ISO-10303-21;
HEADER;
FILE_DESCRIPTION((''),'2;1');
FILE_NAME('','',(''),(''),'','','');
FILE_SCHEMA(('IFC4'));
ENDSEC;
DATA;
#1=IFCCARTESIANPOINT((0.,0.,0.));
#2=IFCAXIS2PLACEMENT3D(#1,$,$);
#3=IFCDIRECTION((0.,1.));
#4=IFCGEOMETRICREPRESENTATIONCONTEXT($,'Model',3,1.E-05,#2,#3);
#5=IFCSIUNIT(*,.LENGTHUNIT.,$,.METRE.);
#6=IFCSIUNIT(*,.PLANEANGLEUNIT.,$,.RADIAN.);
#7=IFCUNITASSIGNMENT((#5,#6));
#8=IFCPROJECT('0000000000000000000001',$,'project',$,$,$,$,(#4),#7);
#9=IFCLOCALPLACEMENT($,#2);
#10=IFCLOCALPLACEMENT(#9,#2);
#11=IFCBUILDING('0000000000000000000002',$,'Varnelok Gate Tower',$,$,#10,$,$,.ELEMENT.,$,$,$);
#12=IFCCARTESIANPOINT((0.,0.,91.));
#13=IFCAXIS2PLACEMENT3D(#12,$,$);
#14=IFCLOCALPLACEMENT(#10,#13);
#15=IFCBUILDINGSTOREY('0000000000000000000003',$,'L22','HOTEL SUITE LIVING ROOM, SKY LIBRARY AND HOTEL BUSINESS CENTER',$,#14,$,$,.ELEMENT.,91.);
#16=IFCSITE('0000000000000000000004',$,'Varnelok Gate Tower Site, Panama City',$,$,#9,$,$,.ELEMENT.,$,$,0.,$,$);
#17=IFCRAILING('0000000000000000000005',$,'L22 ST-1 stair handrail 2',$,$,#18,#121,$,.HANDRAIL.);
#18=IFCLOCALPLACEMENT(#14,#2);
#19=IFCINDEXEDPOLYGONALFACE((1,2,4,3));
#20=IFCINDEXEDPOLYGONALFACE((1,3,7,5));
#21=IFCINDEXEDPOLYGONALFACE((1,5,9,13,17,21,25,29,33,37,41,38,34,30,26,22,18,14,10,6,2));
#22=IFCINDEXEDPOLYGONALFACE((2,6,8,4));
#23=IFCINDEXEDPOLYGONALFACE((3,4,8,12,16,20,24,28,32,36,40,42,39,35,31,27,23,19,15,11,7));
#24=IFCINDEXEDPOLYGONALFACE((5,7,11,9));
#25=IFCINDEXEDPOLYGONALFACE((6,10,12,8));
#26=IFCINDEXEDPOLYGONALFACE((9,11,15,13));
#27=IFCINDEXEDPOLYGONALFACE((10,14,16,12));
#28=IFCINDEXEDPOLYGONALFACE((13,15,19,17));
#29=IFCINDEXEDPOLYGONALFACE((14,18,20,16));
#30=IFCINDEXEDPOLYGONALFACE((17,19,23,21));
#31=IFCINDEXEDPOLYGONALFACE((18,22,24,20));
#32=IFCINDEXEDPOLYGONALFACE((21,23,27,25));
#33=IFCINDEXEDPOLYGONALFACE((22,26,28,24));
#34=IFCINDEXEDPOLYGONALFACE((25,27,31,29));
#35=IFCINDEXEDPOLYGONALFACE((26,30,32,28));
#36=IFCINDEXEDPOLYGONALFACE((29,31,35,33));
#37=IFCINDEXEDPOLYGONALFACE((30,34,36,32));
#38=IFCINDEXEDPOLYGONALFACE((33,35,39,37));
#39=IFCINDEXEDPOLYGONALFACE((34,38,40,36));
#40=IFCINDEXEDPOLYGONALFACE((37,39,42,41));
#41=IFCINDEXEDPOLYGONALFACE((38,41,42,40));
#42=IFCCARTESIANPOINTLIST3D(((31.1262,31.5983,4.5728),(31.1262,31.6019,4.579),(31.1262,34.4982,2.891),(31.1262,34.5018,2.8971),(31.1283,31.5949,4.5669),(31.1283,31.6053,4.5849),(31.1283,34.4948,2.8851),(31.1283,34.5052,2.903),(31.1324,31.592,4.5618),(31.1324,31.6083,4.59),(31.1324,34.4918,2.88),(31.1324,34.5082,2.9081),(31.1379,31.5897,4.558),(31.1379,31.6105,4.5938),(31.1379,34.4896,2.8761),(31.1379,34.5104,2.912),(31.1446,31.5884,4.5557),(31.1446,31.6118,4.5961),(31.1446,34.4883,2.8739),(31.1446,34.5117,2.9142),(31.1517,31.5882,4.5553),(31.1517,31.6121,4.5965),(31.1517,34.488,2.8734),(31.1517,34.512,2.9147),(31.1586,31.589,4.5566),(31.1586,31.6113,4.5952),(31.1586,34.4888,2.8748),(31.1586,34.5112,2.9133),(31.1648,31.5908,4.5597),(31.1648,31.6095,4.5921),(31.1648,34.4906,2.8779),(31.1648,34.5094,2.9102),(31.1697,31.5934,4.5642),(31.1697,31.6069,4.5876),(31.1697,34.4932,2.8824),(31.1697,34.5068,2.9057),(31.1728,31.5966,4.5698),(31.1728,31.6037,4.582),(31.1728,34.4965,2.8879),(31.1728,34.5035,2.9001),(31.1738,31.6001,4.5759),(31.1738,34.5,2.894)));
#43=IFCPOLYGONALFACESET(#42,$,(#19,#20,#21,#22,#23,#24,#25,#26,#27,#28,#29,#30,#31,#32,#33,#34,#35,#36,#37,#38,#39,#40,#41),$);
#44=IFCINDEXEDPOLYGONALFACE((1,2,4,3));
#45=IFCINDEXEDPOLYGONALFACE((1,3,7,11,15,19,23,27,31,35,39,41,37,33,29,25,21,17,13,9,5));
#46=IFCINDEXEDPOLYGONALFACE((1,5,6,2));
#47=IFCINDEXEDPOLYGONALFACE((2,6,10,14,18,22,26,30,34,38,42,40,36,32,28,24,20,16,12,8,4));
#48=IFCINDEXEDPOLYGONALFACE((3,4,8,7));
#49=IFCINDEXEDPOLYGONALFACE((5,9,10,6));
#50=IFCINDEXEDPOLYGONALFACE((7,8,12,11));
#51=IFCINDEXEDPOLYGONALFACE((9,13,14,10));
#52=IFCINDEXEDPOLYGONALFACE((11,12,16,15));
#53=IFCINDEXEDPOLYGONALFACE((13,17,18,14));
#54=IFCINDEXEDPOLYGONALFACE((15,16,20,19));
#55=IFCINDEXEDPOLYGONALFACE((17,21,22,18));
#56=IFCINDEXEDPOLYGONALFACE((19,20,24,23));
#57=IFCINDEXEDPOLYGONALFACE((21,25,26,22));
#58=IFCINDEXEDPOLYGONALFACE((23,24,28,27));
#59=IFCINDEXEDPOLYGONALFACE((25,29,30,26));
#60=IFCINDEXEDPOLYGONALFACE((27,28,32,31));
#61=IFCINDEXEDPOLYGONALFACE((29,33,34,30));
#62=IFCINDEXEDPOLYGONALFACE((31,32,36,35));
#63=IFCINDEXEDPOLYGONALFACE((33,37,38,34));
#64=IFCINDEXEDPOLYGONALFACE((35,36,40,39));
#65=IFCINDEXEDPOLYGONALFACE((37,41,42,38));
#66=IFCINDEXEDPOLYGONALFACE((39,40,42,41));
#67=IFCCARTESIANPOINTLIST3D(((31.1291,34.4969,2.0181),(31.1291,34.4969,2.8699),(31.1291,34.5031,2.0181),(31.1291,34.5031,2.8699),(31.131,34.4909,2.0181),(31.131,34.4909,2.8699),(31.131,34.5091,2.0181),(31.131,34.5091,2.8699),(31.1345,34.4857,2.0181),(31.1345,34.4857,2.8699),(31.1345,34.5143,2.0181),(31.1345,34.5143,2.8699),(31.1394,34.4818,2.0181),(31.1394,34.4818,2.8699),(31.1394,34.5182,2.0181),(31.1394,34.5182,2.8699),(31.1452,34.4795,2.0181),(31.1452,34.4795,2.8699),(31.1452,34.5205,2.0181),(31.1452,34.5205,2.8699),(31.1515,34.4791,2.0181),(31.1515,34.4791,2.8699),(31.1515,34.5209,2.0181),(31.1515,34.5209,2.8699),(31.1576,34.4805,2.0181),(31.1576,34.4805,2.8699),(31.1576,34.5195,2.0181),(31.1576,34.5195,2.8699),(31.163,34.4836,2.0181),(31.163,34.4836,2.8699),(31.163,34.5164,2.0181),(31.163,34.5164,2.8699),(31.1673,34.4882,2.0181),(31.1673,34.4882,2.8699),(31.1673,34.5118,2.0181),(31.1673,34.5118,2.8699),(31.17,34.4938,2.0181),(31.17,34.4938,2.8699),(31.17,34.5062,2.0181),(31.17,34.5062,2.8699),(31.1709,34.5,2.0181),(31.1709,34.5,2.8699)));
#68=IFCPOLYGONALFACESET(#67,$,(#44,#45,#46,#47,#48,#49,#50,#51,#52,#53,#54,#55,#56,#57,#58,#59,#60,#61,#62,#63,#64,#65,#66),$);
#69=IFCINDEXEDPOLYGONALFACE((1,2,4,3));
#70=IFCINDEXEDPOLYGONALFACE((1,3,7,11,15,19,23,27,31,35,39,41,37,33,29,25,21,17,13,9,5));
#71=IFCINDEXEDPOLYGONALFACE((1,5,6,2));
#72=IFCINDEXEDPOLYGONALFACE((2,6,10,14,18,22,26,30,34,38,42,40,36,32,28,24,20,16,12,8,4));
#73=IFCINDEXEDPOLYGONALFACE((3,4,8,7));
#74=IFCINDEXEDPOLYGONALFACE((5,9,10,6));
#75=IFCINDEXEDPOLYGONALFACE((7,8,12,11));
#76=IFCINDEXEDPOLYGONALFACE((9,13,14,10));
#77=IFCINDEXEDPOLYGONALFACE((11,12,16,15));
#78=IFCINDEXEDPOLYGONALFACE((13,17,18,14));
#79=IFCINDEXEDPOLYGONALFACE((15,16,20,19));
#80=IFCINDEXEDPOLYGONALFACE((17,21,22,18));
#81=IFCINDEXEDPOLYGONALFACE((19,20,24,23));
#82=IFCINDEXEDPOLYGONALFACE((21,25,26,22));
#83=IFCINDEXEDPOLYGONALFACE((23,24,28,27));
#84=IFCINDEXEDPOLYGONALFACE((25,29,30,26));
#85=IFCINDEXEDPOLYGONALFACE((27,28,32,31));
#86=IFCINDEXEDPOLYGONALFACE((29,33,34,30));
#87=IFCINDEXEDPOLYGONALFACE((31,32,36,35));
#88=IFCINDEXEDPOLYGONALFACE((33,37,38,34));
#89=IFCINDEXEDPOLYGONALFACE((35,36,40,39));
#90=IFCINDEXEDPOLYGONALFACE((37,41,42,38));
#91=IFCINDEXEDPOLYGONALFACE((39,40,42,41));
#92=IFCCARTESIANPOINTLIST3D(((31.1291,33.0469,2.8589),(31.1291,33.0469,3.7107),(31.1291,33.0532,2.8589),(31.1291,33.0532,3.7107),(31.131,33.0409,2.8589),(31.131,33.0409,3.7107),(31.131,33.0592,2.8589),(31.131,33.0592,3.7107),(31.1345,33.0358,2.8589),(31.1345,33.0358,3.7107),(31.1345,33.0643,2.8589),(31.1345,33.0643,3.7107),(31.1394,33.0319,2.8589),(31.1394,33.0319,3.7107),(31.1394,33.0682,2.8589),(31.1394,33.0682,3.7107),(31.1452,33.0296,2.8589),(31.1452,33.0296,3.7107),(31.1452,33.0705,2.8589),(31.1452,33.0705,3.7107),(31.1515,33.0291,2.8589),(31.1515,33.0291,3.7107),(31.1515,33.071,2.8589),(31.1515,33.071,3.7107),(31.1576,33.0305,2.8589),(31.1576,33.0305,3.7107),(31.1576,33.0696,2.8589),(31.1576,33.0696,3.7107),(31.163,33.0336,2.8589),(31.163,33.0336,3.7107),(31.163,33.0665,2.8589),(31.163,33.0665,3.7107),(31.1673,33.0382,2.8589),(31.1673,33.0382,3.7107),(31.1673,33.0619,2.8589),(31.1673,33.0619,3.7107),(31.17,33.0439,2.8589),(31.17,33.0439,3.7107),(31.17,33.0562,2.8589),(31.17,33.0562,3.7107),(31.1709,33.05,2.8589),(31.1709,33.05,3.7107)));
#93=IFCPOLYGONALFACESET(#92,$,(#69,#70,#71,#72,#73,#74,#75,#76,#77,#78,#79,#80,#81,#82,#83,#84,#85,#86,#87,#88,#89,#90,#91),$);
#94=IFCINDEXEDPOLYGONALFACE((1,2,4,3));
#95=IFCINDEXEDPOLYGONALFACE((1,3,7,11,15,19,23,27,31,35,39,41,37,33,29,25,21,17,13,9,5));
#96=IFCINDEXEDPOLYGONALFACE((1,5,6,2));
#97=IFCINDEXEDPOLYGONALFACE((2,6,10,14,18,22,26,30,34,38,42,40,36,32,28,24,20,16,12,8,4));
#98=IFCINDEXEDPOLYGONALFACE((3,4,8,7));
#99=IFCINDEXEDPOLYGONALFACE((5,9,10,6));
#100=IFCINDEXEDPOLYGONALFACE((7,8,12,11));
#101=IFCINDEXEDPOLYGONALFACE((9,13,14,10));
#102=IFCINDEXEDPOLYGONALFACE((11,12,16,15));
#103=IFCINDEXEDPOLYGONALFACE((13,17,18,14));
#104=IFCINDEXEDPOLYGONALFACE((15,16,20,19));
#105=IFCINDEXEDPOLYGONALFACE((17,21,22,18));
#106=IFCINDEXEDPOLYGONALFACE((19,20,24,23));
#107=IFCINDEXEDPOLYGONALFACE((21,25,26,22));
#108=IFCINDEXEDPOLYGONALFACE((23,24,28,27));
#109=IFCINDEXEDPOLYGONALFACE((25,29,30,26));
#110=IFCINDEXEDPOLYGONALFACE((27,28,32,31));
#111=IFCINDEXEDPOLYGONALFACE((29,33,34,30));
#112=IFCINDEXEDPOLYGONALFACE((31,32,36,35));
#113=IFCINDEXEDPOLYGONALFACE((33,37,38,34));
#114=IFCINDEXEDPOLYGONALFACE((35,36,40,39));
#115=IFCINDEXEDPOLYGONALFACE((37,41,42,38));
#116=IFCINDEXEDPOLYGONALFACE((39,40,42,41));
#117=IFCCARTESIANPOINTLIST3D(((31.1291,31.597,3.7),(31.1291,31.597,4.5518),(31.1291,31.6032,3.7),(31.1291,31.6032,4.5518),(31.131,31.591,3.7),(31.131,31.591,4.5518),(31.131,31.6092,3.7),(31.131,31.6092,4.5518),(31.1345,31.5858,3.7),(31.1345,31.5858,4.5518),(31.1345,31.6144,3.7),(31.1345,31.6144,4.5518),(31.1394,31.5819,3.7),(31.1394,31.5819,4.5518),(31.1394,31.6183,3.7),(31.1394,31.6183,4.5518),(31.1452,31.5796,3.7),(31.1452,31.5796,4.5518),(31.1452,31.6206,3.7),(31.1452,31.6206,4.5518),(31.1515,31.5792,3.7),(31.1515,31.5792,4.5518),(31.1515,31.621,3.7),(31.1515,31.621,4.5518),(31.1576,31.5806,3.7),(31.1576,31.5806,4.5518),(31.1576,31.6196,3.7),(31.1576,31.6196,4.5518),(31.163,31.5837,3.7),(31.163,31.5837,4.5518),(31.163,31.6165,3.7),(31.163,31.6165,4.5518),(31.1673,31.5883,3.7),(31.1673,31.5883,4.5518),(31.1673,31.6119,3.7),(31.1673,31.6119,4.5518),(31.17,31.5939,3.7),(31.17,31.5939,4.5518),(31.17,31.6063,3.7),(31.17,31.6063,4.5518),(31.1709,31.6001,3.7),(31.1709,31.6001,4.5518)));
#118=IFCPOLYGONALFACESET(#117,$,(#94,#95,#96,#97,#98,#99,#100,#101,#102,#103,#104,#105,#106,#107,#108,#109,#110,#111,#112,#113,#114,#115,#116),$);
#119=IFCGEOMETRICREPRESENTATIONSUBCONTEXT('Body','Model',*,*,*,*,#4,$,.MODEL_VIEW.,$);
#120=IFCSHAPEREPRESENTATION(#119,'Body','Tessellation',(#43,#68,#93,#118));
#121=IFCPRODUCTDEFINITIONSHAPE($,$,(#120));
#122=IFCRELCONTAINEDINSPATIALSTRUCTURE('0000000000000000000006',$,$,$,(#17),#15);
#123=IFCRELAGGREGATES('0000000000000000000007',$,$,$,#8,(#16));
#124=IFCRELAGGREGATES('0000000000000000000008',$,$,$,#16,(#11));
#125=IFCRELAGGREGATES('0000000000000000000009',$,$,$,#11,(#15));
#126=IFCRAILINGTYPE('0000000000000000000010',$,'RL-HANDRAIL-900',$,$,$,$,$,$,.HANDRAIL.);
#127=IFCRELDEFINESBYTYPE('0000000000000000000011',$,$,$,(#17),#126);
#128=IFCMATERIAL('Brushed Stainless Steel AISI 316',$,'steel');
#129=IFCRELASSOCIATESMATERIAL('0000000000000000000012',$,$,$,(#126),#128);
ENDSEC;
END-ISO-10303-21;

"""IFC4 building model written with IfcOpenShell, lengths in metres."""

from ifc_helpers import new_model, si_unit, direction, frame, origin, origin_2d, place, context, subcontext, project, spatial, circle, extrude, material, type_object, element, save


model = new_model("IFC4")

# Units and contexts
model_context = context("Model", 3, precision=1e-05, world=origin(), true_north=direction((0.0, 1.0)))
body_context = subcontext(model_context, "Body", "Model", "MODEL_VIEW")
ifc_project = project(units=[si_unit("LENGTHUNIT", "METRE"), si_unit("PLANEANGLEUNIT", "RADIAN")], contexts=[model_context])

# Site, building, storey
site_placement = place(None, origin())
site = spatial("IfcSite", under=ifc_project, at=site_placement, Name="Varnelok Gate Tower Site, Panama City", CompositionType="ELEMENT", RefElevation=0.0)
building_placement = place(site_placement, origin())
building = spatial("IfcBuilding", under=site, at=building_placement, Name="Varnelok Gate Tower", CompositionType="ELEMENT")
storey_placement = place(building_placement, frame((0.0, 0.0, 91.0)))
storey = spatial("IfcBuildingStorey", under=building, at=storey_placement, Name="L22", Description="HOTEL SUITE LIVING ROOM, SKY LIBRARY AND HOTEL BUSINESS CENTER", CompositionType="ELEMENT", Elevation=91.0)

# Railing
ifc_material_1 = material(Name="Brushed Stainless Steel AISI 316", Category="steel")
railing_type_1 = type_object("IfcRailingType", Name="RL-HANDRAIL-900", PredefinedType="HANDRAIL", material=ifc_material_1)
railing_1_placement = place(storey_placement, frame((31.1499, 34.5, 2.0181)))
element("IfcRailing", 1, at=railing_1_placement, inside=storey, type_object=railing_type_1, Name="L22 ST-1 stair handrail 2", PredefinedType="HANDRAIL", context=body_context, shape_type="SweptSolid", body=[
    extrude(circle(Radius=0.0239, at=origin_2d()), frame((0.0, 0.0, 0.876), z_axis=(0.0, -0.865039, 0.501705), x_axis=(1.0, 0.0, 0.0)), (0.0, 0.0, 1.0), 3.3523),
    extrude(circle(Radius=0.021, at=origin_2d()), origin(), (0.0, 0.0, 1.0), 0.8518),
    extrude(circle(Radius=0.021, at=origin_2d()), frame((0.0, -1.45, 0.8408)), (0.0, 0.0, 1.0), 0.8518),
    extrude(circle(Radius=0.021, at=origin_2d()), frame((0.0, -2.8999, 1.6819)), (0.0, 0.0, 1.0), 0.8518),
])

save(model, "model.ifc")
